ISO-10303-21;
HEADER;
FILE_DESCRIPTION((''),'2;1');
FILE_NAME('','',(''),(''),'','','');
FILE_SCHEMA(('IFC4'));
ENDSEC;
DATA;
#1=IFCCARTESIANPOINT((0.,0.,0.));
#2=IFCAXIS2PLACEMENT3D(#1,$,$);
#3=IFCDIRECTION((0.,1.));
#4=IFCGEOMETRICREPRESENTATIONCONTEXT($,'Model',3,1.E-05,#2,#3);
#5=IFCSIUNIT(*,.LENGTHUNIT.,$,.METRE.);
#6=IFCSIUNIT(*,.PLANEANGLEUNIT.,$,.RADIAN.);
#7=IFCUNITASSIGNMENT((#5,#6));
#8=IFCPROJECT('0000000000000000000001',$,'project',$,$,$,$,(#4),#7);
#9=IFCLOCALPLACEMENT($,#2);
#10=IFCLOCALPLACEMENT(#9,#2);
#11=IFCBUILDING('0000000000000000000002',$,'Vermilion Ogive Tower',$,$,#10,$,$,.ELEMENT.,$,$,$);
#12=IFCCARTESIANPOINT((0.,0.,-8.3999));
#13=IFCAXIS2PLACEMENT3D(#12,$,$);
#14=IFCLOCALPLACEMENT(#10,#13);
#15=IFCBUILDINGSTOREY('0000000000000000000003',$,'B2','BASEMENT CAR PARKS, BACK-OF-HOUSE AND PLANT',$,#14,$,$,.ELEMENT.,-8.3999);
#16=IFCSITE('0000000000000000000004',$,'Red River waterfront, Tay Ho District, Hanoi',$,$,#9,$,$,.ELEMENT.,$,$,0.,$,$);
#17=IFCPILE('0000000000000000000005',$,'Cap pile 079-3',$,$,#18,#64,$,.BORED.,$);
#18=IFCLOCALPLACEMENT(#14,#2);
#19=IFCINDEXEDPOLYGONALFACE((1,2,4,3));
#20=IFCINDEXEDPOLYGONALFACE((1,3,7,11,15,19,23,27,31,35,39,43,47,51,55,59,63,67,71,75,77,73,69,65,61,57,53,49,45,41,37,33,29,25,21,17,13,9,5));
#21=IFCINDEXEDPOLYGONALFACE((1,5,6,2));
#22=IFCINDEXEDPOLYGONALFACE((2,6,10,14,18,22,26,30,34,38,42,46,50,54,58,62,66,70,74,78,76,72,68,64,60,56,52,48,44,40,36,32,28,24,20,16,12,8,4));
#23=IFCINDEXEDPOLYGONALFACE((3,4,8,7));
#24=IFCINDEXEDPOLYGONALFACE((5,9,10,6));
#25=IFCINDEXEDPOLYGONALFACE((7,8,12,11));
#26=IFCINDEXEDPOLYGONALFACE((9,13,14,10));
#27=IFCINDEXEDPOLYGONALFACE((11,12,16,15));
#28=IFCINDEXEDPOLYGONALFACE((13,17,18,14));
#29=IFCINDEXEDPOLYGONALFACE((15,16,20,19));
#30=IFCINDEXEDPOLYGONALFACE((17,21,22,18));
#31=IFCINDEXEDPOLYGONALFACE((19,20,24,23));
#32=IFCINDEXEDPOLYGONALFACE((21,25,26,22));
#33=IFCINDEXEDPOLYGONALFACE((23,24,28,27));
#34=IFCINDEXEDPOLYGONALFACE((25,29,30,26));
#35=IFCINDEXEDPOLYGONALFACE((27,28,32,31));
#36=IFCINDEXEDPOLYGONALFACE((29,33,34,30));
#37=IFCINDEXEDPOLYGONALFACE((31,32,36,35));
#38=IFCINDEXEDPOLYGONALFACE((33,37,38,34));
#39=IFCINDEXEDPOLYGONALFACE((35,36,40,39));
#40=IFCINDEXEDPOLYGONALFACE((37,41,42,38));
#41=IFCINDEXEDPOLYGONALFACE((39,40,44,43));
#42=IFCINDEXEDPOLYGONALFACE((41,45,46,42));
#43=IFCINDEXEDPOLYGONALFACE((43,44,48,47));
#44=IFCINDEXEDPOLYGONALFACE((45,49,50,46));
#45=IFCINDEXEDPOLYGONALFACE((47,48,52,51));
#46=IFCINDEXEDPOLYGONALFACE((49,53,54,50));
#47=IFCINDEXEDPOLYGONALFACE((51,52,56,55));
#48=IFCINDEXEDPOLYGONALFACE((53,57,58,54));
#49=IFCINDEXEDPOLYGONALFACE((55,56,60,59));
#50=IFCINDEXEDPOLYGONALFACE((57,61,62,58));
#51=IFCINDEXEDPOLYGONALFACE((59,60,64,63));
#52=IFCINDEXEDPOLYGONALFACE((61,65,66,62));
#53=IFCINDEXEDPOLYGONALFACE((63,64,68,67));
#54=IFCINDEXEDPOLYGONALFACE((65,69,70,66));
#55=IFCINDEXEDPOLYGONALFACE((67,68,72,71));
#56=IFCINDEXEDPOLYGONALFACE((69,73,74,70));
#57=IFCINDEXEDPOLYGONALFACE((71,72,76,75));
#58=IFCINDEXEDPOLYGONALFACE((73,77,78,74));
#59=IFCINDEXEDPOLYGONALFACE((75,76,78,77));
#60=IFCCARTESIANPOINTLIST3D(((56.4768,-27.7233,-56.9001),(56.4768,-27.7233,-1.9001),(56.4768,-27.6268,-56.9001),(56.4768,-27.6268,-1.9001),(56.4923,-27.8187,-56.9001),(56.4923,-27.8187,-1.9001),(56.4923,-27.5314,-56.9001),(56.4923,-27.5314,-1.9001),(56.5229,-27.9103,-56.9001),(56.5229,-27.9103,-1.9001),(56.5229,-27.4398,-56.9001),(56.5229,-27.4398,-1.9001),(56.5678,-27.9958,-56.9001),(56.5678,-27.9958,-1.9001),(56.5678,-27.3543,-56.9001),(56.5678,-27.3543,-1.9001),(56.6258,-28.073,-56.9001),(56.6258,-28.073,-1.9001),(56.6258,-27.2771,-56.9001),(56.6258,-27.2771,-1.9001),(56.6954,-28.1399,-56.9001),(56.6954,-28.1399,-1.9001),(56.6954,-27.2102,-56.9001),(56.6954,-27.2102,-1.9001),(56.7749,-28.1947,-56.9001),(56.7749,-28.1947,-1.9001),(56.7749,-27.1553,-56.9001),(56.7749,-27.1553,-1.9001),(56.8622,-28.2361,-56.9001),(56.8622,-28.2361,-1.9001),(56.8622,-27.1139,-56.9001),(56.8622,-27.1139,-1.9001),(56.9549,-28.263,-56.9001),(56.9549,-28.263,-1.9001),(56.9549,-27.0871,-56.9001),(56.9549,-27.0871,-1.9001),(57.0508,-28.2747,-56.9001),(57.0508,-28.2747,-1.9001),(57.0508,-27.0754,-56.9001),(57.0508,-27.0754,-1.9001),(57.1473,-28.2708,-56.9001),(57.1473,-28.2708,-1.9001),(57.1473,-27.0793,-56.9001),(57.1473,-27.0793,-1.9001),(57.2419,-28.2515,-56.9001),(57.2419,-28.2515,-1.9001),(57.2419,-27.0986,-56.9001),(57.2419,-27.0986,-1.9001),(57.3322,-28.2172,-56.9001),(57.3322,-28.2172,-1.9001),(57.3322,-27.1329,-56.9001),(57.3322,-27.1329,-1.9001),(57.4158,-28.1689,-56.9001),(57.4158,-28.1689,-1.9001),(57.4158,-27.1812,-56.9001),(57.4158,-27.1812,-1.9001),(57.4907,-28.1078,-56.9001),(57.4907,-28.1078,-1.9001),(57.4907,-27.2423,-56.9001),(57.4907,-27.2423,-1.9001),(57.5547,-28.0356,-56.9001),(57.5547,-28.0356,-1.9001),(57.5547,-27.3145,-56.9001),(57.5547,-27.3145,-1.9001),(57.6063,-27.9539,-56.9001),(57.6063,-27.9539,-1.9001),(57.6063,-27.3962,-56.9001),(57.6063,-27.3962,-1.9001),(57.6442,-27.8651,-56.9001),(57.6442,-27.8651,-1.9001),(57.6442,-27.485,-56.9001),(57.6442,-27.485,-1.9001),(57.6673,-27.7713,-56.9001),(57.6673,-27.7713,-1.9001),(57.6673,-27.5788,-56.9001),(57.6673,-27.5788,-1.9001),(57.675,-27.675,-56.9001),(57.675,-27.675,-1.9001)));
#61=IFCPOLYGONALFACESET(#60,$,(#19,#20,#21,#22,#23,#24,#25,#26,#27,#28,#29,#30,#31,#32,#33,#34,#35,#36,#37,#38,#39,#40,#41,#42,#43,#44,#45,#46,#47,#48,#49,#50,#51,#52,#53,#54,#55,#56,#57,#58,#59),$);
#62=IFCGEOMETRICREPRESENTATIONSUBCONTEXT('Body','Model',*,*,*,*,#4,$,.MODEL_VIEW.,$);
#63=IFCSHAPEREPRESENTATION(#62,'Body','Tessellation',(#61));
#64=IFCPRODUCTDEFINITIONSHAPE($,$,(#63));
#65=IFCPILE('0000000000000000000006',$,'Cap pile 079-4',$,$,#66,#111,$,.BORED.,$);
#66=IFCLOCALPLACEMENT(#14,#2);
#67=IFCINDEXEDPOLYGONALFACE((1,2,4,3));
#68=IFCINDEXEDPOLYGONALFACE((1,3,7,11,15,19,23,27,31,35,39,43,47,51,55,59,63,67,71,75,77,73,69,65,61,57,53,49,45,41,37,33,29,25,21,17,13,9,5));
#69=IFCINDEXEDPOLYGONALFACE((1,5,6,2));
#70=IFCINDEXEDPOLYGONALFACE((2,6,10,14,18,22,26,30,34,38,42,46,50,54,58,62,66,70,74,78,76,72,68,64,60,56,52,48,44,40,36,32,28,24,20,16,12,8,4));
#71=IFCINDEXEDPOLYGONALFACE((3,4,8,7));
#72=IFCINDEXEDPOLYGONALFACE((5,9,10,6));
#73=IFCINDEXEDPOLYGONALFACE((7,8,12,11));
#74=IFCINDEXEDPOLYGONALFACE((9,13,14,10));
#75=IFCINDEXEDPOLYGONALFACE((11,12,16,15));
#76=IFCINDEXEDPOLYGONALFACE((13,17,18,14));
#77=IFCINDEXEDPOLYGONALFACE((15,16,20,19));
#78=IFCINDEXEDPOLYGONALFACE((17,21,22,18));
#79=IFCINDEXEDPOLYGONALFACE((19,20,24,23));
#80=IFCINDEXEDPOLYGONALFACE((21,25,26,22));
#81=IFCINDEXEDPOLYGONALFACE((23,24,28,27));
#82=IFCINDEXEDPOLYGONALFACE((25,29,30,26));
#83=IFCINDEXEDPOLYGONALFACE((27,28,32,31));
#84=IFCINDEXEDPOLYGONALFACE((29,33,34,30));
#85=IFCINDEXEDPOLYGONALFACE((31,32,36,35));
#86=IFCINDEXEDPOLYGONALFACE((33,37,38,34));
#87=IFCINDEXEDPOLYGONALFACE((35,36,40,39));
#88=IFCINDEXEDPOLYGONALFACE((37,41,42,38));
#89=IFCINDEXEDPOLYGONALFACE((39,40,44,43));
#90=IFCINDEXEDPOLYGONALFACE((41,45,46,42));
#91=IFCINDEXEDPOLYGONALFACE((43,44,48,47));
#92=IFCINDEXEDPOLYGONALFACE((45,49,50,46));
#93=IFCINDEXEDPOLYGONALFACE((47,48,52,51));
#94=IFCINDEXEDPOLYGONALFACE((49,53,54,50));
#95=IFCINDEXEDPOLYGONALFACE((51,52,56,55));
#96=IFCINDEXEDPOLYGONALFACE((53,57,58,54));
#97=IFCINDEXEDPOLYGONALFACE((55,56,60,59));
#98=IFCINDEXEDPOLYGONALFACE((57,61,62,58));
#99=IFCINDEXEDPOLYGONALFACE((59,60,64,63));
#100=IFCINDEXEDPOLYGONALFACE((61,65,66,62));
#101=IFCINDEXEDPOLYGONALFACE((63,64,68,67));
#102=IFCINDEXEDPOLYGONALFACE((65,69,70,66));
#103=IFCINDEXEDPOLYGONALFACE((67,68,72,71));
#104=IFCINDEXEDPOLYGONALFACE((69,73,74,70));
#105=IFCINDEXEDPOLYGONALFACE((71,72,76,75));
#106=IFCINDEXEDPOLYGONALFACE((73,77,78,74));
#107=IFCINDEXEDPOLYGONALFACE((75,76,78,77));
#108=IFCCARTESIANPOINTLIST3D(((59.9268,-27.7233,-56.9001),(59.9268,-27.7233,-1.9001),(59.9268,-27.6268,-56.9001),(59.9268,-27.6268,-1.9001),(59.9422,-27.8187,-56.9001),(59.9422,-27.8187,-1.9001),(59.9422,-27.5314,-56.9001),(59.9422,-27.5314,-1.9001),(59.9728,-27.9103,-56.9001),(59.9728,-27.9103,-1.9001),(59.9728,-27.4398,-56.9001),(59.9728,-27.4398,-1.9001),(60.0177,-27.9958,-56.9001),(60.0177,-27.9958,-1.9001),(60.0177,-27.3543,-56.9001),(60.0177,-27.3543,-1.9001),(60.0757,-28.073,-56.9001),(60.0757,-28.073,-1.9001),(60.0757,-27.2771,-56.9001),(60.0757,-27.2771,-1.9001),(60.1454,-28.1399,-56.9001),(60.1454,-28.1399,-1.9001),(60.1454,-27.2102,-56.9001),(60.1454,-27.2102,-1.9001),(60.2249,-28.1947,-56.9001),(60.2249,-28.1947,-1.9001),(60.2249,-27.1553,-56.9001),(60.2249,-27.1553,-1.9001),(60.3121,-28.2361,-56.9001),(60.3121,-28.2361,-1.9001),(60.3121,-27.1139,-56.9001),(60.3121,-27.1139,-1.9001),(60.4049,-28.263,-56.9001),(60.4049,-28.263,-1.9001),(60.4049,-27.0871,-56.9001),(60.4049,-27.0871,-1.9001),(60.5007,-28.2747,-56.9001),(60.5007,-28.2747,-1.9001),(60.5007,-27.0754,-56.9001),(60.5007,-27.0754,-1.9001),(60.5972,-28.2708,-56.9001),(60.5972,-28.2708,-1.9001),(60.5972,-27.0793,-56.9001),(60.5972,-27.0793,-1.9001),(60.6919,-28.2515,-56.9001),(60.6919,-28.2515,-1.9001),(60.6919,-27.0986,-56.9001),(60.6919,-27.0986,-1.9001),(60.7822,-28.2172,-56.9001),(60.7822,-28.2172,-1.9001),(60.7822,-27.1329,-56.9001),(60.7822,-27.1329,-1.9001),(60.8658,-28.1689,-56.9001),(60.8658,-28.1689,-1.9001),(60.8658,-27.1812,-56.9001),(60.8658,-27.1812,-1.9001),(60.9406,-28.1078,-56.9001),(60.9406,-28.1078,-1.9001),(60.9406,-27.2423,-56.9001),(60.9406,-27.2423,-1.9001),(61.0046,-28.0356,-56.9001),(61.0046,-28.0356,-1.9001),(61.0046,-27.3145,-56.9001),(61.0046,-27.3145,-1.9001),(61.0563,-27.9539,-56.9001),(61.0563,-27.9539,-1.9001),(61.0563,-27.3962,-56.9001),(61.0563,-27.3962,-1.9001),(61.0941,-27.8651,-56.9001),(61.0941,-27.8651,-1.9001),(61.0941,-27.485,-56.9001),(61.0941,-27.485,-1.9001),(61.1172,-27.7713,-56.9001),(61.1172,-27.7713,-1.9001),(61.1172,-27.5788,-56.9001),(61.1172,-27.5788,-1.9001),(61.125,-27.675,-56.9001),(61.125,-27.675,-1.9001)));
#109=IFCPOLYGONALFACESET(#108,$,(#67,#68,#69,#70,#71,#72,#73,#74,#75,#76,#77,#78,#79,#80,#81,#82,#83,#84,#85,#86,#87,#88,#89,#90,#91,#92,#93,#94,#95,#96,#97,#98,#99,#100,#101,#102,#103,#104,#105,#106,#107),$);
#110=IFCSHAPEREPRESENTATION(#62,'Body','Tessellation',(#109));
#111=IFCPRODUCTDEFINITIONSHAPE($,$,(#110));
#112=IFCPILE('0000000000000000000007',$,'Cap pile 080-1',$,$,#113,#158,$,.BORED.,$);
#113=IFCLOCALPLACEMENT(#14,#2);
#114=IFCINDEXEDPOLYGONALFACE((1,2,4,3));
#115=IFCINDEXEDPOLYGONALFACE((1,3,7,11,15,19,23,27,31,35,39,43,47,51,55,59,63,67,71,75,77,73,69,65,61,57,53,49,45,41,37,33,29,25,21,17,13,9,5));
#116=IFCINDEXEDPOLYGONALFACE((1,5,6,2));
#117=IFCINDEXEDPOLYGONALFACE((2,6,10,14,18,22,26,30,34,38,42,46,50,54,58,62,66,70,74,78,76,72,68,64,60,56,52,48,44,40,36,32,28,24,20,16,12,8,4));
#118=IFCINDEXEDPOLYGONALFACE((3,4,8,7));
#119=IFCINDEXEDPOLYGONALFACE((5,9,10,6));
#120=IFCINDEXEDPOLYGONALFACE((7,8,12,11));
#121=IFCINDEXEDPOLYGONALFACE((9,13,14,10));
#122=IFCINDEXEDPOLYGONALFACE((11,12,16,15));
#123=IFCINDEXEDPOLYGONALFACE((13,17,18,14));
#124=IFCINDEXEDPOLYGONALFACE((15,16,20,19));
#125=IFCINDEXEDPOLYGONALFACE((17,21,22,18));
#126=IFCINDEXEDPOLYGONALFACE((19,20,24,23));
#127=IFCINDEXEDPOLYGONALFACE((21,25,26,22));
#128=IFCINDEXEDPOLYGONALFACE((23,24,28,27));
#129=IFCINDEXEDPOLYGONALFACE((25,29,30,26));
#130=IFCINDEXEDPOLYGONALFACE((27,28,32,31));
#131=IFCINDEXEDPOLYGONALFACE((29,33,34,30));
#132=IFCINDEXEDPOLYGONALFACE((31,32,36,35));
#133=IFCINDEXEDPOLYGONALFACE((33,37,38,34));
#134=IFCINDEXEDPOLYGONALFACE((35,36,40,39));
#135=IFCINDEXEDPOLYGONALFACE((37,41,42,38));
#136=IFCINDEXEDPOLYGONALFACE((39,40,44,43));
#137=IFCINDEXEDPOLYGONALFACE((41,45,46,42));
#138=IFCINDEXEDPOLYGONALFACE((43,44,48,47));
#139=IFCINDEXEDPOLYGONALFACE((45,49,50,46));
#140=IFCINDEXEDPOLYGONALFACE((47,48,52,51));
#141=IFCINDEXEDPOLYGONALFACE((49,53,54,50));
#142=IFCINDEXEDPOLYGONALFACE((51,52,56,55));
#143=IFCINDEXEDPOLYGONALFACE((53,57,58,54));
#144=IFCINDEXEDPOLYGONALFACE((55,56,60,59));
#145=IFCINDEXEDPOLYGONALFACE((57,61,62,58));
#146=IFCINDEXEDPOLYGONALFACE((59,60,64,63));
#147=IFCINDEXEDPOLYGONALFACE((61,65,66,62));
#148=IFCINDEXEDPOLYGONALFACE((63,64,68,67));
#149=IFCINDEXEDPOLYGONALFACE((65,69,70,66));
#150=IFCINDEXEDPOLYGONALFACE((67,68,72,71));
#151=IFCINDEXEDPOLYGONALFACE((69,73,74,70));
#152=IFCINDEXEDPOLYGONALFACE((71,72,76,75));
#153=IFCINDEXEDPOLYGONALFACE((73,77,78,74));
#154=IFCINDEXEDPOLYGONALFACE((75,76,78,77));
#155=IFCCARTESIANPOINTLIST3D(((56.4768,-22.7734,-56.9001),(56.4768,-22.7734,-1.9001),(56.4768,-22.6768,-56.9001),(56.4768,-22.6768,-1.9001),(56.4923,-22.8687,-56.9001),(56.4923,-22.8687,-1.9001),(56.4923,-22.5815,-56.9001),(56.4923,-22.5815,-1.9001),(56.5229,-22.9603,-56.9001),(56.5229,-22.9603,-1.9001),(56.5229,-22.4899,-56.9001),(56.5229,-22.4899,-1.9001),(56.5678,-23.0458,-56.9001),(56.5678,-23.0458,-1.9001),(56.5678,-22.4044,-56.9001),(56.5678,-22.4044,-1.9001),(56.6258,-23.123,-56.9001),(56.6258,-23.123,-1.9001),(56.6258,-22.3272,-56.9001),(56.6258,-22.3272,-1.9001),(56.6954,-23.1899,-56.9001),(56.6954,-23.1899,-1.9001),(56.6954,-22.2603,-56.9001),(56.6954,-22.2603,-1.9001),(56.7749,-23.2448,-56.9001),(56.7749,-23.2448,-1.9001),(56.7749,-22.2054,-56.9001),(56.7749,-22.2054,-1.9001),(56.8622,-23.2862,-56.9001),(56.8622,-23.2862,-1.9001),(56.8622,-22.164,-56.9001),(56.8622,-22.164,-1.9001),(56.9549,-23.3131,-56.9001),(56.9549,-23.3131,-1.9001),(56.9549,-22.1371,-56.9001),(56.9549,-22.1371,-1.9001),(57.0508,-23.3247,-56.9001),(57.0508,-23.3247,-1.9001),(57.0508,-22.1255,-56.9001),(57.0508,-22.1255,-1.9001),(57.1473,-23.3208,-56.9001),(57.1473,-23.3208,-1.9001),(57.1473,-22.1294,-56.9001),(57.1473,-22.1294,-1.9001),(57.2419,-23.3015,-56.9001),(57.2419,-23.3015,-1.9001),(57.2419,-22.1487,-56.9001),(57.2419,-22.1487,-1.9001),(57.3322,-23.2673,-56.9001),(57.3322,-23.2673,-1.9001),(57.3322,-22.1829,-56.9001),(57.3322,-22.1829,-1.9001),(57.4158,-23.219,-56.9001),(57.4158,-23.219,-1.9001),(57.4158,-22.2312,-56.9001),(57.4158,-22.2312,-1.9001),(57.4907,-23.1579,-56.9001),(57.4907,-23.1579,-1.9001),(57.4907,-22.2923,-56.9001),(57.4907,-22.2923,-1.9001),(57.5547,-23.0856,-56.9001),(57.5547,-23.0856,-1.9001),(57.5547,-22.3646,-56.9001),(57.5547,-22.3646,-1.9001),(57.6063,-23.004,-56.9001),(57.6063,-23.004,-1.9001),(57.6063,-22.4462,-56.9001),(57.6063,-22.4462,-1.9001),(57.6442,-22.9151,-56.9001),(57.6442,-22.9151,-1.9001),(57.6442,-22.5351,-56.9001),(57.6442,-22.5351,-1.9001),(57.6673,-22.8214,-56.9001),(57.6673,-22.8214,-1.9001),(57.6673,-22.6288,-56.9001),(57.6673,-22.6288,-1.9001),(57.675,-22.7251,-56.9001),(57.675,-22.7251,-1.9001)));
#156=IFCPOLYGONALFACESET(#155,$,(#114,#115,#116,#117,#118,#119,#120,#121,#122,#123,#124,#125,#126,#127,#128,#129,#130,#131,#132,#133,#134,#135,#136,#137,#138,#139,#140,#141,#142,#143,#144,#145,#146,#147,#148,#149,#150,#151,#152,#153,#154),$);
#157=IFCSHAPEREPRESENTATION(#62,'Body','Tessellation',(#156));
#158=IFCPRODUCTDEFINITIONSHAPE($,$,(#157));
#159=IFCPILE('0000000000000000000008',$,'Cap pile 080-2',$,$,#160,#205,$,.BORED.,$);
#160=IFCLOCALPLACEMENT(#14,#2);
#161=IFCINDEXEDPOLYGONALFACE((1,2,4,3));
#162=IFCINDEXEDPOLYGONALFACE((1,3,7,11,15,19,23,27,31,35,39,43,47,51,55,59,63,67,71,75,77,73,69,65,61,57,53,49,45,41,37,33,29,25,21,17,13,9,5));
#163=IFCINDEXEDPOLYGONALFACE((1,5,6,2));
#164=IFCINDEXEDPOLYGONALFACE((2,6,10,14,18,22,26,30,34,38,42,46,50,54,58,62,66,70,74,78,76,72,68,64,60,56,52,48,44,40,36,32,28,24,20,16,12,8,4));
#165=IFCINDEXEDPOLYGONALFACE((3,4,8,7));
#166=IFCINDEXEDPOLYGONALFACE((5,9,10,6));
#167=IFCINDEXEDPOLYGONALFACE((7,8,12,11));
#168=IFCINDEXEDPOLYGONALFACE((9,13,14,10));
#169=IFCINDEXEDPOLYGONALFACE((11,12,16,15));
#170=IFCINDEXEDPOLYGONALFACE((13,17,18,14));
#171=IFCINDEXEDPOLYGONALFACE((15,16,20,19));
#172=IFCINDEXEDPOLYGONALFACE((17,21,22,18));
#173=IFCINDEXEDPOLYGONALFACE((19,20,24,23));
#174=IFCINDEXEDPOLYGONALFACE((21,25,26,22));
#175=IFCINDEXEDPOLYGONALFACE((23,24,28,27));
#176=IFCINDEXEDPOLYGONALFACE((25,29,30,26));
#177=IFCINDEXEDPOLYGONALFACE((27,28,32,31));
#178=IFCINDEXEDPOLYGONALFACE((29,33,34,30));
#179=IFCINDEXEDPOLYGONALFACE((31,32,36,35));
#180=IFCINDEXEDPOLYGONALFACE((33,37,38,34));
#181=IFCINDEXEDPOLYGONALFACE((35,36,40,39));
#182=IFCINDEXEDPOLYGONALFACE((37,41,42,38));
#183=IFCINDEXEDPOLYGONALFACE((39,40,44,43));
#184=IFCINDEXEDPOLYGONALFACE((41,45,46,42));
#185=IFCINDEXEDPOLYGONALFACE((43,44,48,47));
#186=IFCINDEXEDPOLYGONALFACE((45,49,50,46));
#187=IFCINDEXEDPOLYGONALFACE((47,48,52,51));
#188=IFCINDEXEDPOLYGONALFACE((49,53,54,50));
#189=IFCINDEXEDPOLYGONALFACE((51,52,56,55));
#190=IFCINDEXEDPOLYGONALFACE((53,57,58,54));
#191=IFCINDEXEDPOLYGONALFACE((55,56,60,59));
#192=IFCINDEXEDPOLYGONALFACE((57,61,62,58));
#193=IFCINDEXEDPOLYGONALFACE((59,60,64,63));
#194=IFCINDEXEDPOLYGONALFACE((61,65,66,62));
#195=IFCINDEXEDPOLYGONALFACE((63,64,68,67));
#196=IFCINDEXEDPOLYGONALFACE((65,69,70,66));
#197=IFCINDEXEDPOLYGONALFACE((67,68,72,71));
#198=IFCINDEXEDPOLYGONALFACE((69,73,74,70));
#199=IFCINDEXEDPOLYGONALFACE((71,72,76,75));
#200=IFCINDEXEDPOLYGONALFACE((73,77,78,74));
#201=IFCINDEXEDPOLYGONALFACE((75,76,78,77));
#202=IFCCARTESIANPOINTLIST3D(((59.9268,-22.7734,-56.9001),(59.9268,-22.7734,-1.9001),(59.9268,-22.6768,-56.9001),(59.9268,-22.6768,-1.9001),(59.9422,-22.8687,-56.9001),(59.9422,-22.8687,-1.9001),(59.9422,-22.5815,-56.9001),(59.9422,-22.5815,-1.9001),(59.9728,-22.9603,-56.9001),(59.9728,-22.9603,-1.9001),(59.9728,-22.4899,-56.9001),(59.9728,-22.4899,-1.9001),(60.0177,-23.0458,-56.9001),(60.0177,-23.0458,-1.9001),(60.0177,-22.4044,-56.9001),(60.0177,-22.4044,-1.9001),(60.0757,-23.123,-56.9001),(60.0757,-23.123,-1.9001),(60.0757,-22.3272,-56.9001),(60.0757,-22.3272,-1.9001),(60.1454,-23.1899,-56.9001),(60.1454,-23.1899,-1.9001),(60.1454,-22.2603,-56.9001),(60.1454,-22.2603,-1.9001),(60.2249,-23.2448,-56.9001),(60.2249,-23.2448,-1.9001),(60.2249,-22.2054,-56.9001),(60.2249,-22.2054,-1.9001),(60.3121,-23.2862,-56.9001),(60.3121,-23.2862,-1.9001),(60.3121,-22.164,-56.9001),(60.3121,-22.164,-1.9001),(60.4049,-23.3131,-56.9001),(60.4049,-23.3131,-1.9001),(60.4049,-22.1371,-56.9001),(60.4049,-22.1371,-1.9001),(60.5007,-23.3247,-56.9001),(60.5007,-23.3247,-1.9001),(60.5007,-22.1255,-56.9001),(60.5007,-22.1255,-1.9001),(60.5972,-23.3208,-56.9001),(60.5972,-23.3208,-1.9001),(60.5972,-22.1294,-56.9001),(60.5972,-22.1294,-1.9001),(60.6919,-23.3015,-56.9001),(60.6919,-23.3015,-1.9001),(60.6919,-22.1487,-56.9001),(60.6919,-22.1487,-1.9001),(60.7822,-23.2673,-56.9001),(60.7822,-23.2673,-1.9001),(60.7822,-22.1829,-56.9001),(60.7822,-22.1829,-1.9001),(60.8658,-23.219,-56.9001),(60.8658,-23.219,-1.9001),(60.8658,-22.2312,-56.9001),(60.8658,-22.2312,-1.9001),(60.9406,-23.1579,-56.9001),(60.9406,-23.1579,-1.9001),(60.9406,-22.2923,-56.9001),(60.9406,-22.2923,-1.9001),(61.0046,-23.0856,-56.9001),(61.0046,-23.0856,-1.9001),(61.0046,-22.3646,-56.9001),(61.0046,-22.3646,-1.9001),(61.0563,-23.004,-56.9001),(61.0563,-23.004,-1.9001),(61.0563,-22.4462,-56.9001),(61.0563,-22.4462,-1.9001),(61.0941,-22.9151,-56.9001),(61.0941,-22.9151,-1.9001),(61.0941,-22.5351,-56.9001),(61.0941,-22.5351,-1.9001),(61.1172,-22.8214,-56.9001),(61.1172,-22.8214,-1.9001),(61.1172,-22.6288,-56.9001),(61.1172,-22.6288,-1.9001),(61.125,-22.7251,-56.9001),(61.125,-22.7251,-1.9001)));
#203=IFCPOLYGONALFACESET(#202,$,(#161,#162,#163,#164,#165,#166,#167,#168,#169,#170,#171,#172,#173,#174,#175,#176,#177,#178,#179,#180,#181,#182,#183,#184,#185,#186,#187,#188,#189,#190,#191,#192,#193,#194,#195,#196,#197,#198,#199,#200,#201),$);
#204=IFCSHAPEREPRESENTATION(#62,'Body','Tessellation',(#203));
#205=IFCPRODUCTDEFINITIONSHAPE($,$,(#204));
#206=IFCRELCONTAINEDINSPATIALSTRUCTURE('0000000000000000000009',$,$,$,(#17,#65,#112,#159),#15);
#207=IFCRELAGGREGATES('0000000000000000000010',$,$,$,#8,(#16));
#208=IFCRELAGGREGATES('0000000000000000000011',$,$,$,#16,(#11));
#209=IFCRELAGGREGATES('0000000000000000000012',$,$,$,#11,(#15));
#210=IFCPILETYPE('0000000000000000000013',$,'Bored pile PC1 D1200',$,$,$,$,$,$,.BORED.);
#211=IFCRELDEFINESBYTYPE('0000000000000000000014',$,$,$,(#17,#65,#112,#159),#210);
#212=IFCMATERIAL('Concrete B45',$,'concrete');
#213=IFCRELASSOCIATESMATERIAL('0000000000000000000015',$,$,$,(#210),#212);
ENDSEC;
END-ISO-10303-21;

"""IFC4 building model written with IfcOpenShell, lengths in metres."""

from ifc_helpers import new_model, si_unit, direction, frame, origin, origin_2d, place, context, subcontext, project, spatial, circle, extrude, material, type_object, element, save


model = new_model("IFC4")

# Units and contexts
model_context = context("Model", 3, precision=1e-05, world=origin(), true_north=direction((0.0, 1.0)))
body_context = subcontext(model_context, "Body", "Model", "MODEL_VIEW")
ifc_project = project(units=[si_unit("LENGTHUNIT", "METRE"), si_unit("PLANEANGLEUNIT", "RADIAN")], contexts=[model_context])

# Site, building, storey
site_placement = place(None, origin())
site = spatial("IfcSite", under=ifc_project, at=site_placement, Name="Red River waterfront, Tay Ho District, Hanoi", CompositionType="ELEMENT", RefElevation=0.0)
building_placement = place(site_placement, origin())
building = spatial("IfcBuilding", under=site, at=building_placement, Name="Vermilion Ogive Tower", CompositionType="ELEMENT")
storey_placement = place(building_placement, frame((0.0, 0.0, -8.3999)))
storey = spatial("IfcBuildingStorey", under=building, at=storey_placement, Name="B2", Description="BASEMENT CAR PARKS, BACK-OF-HOUSE AND PLANT", CompositionType="ELEMENT", Elevation=-8.3999)

# Piles
ifc_material_1 = material(Name="Concrete B45", Category="concrete")
pile_type = type_object("IfcPileType", Name="Bored pile PC1 D1200", PredefinedType="BORED", material=ifc_material_1)
for number, where, z_axis, x_axis, name in (
    (1, (57.075, -27.675, -1.9001), (0.0, 0.0, -1.0), (1.0, 0.0, 0.0), "Cap pile 079-3"),
    (2, (60.5249, -27.675, -1.9001), (0.0, 0.0, -1.0), (1.0, 0.0, 0.0), "Cap pile 079-4"),
    (3, (57.075, -22.7251, -1.9001), (0.0, 0.0, -1.0), (1.0, 0.0, 0.0), "Cap pile 080-1"),
    (4, (60.5249, -22.7251, -1.9001), (0.0, 0.0, -1.0), (1.0, 0.0, 0.0), "Cap pile 080-2"),
):
    element("IfcPile", number, at=place(storey_placement, frame(where, z_axis=z_axis, x_axis=x_axis)), inside=storey, type_object=pile_type, Name=name, PredefinedType="BORED", context=body_context, shape_type="SweptSolid", body=[
        extrude(circle(Radius=0.6001, at=origin_2d()), origin(), (0.0, 0.0, 1.0), 55.0),
    ])

save(model, "model.ifc")
